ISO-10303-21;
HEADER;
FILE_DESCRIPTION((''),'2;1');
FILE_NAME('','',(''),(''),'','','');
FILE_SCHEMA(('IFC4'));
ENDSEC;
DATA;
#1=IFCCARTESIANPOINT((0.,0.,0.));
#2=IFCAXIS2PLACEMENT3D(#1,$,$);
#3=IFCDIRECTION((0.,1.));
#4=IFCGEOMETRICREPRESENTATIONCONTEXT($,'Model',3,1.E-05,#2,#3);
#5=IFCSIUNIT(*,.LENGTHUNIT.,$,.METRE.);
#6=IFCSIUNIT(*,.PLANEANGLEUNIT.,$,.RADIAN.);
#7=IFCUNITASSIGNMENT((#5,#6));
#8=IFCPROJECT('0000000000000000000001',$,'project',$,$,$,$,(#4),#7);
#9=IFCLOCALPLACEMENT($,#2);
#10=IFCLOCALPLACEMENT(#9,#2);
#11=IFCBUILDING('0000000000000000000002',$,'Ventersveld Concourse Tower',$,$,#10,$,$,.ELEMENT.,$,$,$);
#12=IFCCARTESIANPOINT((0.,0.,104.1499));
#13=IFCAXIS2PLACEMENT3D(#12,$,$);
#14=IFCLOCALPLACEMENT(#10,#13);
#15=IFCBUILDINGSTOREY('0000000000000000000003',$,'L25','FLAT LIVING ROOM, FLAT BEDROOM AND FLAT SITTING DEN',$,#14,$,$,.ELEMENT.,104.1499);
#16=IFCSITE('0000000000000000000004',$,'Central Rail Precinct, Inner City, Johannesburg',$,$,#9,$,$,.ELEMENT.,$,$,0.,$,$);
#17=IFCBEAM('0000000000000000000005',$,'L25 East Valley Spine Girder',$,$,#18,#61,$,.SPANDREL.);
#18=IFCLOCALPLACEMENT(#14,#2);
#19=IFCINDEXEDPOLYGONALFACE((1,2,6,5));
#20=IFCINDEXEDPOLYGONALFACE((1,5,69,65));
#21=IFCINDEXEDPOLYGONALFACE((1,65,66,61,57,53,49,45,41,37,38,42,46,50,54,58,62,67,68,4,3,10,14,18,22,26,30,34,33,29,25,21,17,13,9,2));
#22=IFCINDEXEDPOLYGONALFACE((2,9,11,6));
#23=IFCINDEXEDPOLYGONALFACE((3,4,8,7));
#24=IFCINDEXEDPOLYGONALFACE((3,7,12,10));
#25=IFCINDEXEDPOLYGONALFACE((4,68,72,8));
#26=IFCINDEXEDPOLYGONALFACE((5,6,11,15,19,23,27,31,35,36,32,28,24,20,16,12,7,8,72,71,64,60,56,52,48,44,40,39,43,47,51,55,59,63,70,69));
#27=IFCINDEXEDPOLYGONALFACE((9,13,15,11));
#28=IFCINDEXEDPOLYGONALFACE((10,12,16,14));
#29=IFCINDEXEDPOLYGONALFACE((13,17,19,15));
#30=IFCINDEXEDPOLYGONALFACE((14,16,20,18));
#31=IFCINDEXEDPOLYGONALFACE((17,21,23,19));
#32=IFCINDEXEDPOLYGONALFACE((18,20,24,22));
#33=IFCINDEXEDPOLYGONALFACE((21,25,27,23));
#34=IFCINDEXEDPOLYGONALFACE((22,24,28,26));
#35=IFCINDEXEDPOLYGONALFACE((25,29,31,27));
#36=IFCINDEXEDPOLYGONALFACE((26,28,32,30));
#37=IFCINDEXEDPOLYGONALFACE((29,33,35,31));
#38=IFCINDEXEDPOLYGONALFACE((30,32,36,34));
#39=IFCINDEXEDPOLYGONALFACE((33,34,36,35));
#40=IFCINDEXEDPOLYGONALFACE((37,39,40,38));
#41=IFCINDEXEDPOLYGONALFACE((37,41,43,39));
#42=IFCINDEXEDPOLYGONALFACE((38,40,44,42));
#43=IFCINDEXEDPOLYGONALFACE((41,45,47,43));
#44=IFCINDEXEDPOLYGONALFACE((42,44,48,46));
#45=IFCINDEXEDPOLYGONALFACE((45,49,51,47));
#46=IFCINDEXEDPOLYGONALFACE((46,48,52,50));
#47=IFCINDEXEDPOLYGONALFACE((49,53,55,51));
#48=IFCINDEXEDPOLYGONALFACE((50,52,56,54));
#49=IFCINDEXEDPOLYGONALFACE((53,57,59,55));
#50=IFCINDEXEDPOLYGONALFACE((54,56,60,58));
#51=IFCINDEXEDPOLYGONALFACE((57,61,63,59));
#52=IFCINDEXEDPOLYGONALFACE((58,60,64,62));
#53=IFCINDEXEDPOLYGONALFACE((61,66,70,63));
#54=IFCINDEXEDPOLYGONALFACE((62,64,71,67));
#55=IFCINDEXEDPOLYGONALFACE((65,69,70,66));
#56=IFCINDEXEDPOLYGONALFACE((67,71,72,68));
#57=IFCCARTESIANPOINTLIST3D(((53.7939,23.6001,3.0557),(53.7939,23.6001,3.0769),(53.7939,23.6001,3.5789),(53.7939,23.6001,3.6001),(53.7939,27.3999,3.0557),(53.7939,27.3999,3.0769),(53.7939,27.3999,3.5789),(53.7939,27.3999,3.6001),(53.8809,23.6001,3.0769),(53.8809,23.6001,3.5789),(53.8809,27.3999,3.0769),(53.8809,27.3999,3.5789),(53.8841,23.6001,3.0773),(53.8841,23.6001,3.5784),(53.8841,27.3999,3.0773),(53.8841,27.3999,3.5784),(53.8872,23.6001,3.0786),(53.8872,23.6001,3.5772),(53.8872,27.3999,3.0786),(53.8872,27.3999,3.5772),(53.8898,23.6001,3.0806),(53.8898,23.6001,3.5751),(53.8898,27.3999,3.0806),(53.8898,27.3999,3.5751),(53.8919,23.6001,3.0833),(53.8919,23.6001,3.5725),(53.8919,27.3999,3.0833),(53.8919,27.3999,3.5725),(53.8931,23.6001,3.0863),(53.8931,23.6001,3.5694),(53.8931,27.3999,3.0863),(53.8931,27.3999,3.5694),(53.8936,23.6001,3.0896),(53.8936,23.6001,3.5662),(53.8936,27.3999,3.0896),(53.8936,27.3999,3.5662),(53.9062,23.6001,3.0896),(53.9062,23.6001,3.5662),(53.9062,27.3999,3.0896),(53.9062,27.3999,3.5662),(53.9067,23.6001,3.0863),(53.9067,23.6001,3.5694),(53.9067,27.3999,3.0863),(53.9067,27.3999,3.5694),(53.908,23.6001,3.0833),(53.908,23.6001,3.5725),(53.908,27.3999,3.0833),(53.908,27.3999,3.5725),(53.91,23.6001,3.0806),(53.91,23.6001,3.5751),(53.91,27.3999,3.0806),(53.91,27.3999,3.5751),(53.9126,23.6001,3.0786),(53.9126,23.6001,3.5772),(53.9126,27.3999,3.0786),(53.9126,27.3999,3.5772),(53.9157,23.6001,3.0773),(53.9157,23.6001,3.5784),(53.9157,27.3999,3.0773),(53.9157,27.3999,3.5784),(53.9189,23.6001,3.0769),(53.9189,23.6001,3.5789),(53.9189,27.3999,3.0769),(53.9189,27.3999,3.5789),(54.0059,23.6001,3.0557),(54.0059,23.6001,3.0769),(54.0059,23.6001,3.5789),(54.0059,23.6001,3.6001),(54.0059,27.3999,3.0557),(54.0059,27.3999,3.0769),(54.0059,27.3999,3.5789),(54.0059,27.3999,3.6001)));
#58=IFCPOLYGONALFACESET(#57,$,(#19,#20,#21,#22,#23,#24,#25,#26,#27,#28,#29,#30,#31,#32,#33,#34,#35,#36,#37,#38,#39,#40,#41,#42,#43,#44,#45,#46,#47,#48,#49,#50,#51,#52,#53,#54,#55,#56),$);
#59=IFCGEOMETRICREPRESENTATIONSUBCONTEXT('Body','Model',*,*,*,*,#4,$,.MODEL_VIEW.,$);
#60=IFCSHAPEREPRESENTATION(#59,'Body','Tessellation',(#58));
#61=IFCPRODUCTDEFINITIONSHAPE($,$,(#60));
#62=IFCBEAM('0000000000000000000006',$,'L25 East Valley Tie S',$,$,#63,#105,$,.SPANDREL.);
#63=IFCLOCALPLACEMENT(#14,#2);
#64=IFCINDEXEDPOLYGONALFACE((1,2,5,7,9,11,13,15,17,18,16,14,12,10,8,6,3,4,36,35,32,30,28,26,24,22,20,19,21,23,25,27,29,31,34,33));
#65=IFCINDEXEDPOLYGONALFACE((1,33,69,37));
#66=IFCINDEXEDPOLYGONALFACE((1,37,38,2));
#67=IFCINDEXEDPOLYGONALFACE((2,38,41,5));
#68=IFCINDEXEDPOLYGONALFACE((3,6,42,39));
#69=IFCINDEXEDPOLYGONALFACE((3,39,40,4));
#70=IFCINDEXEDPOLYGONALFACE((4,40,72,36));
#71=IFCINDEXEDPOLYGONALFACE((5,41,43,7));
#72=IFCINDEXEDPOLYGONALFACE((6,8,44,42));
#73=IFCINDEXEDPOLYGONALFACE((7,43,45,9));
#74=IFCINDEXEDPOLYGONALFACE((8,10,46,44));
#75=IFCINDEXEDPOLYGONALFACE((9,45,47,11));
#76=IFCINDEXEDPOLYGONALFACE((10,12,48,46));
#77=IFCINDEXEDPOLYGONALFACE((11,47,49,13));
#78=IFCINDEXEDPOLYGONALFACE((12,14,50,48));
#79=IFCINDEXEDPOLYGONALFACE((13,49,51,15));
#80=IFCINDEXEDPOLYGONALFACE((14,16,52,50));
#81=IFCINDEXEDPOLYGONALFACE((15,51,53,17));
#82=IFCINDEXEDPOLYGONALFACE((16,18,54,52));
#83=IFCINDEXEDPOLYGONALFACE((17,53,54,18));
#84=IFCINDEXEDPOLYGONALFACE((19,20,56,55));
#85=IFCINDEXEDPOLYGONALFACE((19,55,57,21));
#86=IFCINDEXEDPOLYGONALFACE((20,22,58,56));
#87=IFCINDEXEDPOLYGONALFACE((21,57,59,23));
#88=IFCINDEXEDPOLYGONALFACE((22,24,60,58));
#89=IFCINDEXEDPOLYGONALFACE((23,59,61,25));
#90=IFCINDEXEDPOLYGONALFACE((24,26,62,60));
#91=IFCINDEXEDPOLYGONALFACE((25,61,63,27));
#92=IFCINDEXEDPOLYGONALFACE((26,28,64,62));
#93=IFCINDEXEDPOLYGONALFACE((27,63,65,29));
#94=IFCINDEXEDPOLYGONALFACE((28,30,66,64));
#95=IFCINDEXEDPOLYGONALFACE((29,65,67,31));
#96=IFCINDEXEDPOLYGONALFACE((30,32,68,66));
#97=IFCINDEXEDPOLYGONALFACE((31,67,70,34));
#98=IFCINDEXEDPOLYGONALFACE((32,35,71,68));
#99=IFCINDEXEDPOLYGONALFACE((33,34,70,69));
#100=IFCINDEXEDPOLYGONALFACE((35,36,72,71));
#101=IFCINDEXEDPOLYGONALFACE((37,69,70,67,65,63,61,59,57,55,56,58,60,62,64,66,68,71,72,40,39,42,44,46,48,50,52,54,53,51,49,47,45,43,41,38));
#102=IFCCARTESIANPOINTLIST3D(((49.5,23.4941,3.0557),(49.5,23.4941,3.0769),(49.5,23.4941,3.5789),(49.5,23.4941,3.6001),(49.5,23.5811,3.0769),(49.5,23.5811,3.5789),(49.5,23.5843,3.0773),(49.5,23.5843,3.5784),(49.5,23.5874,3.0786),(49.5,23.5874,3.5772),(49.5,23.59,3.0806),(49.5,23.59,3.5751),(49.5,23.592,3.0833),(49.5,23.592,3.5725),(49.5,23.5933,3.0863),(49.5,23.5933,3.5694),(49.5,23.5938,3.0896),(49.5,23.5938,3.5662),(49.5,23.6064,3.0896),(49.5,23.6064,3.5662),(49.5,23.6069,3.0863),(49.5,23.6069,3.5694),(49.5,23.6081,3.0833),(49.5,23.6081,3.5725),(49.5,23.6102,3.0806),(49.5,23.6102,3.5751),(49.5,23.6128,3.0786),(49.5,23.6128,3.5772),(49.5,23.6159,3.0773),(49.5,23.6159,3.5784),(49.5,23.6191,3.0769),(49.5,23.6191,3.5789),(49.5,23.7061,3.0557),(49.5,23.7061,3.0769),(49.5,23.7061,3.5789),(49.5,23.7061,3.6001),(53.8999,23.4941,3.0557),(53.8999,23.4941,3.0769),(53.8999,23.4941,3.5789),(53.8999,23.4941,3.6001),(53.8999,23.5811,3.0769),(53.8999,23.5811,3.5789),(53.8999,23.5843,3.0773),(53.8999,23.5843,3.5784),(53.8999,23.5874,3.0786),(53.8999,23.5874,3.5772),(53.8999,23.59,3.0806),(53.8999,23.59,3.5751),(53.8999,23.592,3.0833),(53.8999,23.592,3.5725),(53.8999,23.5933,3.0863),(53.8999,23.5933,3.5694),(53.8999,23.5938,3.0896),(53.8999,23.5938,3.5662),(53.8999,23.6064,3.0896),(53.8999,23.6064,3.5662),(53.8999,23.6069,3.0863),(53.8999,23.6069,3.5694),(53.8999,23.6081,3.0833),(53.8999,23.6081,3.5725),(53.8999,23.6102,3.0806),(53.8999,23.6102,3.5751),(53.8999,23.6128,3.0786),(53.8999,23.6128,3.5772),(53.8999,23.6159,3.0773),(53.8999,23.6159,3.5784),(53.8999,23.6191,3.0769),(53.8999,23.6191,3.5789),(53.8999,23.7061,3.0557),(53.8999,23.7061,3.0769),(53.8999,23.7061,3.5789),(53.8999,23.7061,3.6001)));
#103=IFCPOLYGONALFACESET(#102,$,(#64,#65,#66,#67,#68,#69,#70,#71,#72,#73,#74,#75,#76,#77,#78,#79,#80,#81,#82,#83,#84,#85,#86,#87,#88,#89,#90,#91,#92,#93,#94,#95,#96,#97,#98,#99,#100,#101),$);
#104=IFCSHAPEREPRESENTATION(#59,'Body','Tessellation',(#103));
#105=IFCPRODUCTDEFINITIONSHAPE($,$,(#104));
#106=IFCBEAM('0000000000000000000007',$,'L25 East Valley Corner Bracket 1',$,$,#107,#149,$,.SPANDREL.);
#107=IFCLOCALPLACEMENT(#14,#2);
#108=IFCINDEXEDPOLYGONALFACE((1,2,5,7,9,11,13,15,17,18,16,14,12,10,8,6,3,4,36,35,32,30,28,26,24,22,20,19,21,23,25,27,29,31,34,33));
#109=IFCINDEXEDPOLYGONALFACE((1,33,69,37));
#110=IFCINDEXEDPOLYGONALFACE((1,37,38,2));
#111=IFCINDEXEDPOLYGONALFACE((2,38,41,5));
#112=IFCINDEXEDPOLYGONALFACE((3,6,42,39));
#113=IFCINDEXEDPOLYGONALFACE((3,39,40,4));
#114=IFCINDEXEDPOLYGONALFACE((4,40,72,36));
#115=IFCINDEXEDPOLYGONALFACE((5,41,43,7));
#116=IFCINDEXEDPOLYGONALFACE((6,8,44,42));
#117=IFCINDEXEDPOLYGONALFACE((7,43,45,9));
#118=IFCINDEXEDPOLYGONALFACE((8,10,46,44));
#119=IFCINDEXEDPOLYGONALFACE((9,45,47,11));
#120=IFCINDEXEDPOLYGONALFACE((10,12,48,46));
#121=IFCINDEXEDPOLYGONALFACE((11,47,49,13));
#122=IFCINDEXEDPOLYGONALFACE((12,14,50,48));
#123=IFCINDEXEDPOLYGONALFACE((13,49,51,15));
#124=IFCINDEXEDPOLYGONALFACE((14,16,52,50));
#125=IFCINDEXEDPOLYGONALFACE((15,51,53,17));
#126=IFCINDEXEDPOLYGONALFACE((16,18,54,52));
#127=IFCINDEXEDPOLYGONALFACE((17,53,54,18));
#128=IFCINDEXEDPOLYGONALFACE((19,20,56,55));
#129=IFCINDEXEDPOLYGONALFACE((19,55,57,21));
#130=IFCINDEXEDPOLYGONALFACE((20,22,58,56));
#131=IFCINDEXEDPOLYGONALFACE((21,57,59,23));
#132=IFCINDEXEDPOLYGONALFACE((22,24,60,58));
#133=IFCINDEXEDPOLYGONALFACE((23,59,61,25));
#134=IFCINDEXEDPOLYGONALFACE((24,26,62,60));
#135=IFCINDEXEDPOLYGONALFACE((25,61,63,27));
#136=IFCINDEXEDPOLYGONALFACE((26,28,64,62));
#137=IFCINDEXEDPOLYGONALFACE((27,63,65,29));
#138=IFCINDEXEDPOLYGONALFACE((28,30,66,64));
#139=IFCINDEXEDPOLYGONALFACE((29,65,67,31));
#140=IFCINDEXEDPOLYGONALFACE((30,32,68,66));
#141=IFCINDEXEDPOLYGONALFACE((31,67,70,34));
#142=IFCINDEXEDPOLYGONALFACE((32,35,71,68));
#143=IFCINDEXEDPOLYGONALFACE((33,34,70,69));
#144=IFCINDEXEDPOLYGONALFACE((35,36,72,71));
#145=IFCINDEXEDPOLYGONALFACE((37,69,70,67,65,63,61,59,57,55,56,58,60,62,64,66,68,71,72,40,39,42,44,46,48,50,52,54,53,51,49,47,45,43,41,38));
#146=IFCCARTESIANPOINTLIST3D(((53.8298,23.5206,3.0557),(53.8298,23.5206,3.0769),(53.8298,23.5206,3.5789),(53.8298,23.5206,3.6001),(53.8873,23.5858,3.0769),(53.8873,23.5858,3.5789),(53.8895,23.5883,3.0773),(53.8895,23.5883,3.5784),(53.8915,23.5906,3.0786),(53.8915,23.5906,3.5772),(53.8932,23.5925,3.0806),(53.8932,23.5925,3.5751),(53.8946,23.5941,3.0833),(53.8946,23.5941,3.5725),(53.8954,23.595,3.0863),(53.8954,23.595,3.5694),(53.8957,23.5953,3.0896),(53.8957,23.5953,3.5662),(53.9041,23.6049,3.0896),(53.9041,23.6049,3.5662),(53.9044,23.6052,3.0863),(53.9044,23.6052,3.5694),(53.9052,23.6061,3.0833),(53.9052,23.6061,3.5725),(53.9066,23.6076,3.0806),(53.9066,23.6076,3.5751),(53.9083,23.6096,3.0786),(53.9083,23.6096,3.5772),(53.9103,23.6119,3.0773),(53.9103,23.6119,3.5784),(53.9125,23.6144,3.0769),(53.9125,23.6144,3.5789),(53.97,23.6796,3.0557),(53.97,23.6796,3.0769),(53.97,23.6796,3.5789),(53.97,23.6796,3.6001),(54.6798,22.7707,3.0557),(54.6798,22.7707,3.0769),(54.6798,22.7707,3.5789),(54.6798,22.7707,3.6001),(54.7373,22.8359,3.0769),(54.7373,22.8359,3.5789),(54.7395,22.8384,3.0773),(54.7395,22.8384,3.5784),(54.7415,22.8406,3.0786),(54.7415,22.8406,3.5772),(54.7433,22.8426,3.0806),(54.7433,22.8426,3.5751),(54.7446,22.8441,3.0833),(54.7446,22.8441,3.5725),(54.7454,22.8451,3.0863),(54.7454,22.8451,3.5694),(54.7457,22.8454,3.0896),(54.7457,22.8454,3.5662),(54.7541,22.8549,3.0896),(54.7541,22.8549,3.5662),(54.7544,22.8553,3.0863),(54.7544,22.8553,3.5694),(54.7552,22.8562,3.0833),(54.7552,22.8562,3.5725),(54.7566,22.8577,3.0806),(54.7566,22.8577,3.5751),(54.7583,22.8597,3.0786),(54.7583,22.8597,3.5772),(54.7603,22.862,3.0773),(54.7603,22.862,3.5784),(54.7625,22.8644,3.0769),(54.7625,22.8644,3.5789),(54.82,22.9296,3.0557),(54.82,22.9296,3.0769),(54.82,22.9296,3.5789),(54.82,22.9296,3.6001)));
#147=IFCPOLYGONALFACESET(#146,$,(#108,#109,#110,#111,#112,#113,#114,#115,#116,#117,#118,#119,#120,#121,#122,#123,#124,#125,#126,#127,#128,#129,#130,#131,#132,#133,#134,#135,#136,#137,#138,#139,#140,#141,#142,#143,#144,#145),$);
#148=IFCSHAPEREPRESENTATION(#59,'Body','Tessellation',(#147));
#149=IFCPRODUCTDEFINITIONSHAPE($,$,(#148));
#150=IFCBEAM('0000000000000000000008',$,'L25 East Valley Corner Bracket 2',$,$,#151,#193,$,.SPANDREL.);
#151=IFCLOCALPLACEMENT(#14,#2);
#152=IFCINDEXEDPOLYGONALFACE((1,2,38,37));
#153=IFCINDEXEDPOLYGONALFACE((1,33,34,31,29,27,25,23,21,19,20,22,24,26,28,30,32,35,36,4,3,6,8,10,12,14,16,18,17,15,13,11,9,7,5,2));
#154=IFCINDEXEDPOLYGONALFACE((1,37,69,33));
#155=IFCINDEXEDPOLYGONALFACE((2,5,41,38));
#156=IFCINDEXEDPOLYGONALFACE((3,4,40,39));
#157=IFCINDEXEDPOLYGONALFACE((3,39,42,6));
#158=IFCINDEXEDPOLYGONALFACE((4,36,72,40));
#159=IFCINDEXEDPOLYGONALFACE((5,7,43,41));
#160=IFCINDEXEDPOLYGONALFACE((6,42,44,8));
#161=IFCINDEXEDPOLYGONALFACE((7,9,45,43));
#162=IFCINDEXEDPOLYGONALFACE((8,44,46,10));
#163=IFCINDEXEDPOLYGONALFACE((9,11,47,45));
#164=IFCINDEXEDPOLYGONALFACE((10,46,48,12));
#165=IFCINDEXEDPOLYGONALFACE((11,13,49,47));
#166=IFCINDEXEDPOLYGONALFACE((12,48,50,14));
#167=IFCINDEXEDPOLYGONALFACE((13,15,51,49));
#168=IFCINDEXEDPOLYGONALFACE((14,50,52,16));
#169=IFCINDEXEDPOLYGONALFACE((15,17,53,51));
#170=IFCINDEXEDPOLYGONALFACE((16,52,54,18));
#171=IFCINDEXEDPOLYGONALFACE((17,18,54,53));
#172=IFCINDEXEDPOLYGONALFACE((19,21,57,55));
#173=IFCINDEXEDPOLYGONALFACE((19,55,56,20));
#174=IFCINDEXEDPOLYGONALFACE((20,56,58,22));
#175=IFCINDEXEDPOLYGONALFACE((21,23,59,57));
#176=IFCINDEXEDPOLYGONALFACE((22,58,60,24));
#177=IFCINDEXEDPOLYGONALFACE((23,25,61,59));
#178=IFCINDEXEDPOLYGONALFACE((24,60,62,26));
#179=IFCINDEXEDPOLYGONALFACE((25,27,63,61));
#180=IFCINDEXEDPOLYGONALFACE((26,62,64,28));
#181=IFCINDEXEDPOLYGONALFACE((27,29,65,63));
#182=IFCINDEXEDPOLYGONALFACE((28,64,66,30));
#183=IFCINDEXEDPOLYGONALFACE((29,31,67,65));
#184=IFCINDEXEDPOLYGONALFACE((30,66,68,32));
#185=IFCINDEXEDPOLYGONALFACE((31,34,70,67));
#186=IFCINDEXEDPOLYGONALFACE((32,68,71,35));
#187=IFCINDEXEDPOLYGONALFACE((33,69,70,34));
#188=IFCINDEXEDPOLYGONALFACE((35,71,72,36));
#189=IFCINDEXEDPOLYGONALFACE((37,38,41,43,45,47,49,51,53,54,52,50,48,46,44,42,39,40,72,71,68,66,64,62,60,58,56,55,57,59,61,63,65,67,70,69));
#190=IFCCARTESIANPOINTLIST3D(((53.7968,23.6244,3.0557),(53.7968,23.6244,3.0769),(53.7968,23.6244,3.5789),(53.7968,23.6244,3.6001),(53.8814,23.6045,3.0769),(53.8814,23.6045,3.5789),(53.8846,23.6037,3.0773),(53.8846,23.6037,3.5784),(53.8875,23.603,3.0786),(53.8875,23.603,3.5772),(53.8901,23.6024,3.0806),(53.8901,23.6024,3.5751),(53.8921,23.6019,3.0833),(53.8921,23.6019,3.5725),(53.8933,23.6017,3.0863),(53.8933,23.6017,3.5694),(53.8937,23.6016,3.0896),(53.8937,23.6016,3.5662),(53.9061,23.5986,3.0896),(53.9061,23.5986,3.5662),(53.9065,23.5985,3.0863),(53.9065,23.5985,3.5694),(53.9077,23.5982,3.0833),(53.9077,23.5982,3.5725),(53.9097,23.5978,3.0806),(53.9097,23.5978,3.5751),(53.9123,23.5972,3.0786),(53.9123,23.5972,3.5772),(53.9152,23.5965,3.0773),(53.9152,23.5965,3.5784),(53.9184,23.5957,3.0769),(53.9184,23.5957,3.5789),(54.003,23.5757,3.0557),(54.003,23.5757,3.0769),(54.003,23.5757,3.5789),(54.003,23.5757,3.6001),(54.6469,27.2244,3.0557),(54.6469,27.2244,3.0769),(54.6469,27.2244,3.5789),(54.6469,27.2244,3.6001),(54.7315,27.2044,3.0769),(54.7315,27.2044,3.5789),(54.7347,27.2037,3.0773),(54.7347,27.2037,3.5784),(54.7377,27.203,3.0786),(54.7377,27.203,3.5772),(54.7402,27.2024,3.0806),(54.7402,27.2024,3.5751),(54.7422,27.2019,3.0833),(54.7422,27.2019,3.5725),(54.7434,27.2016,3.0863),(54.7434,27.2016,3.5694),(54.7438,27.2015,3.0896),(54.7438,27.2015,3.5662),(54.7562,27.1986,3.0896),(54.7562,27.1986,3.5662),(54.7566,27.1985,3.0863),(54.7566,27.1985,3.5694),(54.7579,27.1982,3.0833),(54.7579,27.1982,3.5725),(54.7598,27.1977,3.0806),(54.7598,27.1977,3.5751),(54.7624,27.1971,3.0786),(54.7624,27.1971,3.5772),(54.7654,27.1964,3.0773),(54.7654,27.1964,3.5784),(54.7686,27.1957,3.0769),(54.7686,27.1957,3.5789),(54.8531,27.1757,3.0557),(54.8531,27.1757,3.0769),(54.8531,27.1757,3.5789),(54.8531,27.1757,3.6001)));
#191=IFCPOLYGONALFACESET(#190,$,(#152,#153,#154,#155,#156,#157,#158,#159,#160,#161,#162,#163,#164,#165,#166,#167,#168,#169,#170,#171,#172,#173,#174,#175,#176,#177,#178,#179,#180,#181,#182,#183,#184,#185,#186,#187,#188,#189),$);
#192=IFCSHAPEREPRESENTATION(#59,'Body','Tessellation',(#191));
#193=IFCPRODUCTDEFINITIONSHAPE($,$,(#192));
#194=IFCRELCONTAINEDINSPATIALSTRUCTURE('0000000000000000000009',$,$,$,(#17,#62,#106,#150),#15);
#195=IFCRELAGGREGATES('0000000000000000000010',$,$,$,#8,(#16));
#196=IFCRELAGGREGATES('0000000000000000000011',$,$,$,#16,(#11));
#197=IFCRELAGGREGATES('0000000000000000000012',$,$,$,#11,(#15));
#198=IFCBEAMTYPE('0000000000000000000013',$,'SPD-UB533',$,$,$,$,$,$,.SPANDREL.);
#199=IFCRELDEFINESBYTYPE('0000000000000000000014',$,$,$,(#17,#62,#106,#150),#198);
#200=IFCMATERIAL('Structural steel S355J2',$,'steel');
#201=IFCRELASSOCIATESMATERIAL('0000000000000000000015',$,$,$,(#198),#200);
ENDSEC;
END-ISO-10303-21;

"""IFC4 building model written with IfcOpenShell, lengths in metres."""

from ifc_helpers import new_model, si_unit, direction, frame, origin, origin_2d, place, context, subcontext, project, spatial, i_section, extrude, material, material_profile, profile_set, type_object, element, save


model = new_model("IFC4")

# Units and contexts
model_context = context("Model", 3, precision=1e-05, world=origin(), true_north=direction((0.0, 1.0)))
body_context = subcontext(model_context, "Body", "Model", "MODEL_VIEW")
ifc_project = project(units=[si_unit("LENGTHUNIT", "METRE"), si_unit("PLANEANGLEUNIT", "RADIAN")], contexts=[model_context])

# Site, building, storey
site_placement = place(None, origin())
site = spatial("IfcSite", under=ifc_project, at=site_placement, Name="Central Rail Precinct, Inner City, Johannesburg", CompositionType="ELEMENT", RefElevation=0.0)
building_placement = place(site_placement, origin())
building = spatial("IfcBuilding", under=site, at=building_placement, Name="Ventersveld Concourse Tower", CompositionType="ELEMENT")
storey_placement = place(building_placement, frame((0.0, 0.0, 104.1499)))
storey = spatial("IfcBuildingStorey", under=building, at=storey_placement, Name="L25", Description="FLAT LIVING ROOM, FLAT BEDROOM AND FLAT SITTING DEN", CompositionType="ELEMENT", Elevation=104.1499)

# Beams
ifc_material_1 = material(Name="Structural steel S355J2", Category="steel")
ifc_material_profile_1 = material_profile(ifc_material_1, i_section(OverallWidth=0.2119, OverallDepth=0.5444, WebThickness=0.0127, FlangeThickness=0.0212, FilletRadius=0.0127, at=origin_2d()), Name="UB 533x210x122")
ifc_profile_set_1 = profile_set([ifc_material_profile_1], Name="Structural steel S355J2")
beam_type_1 = type_object("IfcBeamType", Name="SPD-UB533", PredefinedType="SPANDREL", material=ifc_profile_set_1)
beam_1_placement = place(storey_placement, frame((53.8999, 23.6001, 3.3279), z_axis=(0.0, 1.0, 0.0), x_axis=(-1.0, 0.0, 0.0)))
element("IfcBeam", 1, at=beam_1_placement, inside=storey, type_object=beam_type_1, Name="L25 East Valley Spine Girder", PredefinedType="SPANDREL", context=body_context, shape_type="SweptSolid", body=[
    extrude(i_section(OverallWidth=0.2119, OverallDepth=0.5444, WebThickness=0.0127, FlangeThickness=0.0212, FilletRadius=0.0127, at=origin_2d()), origin(), (0.0, 0.0, 1.0), 3.7998),
])
beam_2_placement = place(storey_placement, frame((49.5, 23.6001, 3.3279), z_axis=(1.0, 0.0, 0.0), x_axis=(0.0, 1.0, 0.0)))
element("IfcBeam", 2, at=beam_2_placement, inside=storey, type_object=beam_type_1, Name="L25 East Valley Tie S", PredefinedType="SPANDREL", context=body_context, shape_type="SweptSolid", body=[
    extrude(i_section(OverallWidth=0.2119, OverallDepth=0.5444, WebThickness=0.0127, FlangeThickness=0.0212, FilletRadius=0.0127, at=origin_2d()), origin(), (0.0, 0.0, 1.0), 4.3999),
])
beam_3_placement = place(storey_placement, frame((53.8999, 23.6001, 3.3279), z_axis=(0.749876, -0.661579, 0.0), x_axis=(0.661579, 0.749876, 0.0)))
element("IfcBeam", 3, at=beam_3_placement, inside=storey, type_object=beam_type_1, Name="L25 East Valley Corner Bracket 1", PredefinedType="SPANDREL", context=body_context, shape_type="SweptSolid", body=[
    extrude(i_section(OverallWidth=0.2119, OverallDepth=0.5444, WebThickness=0.0127, FlangeThickness=0.0212, FilletRadius=0.0127, at=origin_2d()), origin(), (0.0, 0.0, 1.0), 1.1335),
])
beam_4_placement = place(storey_placement, frame((53.8999, 23.6001, 3.3279), z_axis=(0.229827, 0.973232, 0.0), x_axis=(-0.973232, 0.229827, 0.0)))
element("IfcBeam", 4, at=beam_4_placement, inside=storey, type_object=beam_type_1, Name="L25 East Valley Corner Bracket 2", PredefinedType="SPANDREL", context=body_context, shape_type="SweptSolid", body=[
    extrude(i_section(OverallWidth=0.2119, OverallDepth=0.5444, WebThickness=0.0127, FlangeThickness=0.0212, FilletRadius=0.0127, at=origin_2d()), origin(), (0.0, 0.0, 1.0), 3.699),
])

save(model, "model.ifc")
